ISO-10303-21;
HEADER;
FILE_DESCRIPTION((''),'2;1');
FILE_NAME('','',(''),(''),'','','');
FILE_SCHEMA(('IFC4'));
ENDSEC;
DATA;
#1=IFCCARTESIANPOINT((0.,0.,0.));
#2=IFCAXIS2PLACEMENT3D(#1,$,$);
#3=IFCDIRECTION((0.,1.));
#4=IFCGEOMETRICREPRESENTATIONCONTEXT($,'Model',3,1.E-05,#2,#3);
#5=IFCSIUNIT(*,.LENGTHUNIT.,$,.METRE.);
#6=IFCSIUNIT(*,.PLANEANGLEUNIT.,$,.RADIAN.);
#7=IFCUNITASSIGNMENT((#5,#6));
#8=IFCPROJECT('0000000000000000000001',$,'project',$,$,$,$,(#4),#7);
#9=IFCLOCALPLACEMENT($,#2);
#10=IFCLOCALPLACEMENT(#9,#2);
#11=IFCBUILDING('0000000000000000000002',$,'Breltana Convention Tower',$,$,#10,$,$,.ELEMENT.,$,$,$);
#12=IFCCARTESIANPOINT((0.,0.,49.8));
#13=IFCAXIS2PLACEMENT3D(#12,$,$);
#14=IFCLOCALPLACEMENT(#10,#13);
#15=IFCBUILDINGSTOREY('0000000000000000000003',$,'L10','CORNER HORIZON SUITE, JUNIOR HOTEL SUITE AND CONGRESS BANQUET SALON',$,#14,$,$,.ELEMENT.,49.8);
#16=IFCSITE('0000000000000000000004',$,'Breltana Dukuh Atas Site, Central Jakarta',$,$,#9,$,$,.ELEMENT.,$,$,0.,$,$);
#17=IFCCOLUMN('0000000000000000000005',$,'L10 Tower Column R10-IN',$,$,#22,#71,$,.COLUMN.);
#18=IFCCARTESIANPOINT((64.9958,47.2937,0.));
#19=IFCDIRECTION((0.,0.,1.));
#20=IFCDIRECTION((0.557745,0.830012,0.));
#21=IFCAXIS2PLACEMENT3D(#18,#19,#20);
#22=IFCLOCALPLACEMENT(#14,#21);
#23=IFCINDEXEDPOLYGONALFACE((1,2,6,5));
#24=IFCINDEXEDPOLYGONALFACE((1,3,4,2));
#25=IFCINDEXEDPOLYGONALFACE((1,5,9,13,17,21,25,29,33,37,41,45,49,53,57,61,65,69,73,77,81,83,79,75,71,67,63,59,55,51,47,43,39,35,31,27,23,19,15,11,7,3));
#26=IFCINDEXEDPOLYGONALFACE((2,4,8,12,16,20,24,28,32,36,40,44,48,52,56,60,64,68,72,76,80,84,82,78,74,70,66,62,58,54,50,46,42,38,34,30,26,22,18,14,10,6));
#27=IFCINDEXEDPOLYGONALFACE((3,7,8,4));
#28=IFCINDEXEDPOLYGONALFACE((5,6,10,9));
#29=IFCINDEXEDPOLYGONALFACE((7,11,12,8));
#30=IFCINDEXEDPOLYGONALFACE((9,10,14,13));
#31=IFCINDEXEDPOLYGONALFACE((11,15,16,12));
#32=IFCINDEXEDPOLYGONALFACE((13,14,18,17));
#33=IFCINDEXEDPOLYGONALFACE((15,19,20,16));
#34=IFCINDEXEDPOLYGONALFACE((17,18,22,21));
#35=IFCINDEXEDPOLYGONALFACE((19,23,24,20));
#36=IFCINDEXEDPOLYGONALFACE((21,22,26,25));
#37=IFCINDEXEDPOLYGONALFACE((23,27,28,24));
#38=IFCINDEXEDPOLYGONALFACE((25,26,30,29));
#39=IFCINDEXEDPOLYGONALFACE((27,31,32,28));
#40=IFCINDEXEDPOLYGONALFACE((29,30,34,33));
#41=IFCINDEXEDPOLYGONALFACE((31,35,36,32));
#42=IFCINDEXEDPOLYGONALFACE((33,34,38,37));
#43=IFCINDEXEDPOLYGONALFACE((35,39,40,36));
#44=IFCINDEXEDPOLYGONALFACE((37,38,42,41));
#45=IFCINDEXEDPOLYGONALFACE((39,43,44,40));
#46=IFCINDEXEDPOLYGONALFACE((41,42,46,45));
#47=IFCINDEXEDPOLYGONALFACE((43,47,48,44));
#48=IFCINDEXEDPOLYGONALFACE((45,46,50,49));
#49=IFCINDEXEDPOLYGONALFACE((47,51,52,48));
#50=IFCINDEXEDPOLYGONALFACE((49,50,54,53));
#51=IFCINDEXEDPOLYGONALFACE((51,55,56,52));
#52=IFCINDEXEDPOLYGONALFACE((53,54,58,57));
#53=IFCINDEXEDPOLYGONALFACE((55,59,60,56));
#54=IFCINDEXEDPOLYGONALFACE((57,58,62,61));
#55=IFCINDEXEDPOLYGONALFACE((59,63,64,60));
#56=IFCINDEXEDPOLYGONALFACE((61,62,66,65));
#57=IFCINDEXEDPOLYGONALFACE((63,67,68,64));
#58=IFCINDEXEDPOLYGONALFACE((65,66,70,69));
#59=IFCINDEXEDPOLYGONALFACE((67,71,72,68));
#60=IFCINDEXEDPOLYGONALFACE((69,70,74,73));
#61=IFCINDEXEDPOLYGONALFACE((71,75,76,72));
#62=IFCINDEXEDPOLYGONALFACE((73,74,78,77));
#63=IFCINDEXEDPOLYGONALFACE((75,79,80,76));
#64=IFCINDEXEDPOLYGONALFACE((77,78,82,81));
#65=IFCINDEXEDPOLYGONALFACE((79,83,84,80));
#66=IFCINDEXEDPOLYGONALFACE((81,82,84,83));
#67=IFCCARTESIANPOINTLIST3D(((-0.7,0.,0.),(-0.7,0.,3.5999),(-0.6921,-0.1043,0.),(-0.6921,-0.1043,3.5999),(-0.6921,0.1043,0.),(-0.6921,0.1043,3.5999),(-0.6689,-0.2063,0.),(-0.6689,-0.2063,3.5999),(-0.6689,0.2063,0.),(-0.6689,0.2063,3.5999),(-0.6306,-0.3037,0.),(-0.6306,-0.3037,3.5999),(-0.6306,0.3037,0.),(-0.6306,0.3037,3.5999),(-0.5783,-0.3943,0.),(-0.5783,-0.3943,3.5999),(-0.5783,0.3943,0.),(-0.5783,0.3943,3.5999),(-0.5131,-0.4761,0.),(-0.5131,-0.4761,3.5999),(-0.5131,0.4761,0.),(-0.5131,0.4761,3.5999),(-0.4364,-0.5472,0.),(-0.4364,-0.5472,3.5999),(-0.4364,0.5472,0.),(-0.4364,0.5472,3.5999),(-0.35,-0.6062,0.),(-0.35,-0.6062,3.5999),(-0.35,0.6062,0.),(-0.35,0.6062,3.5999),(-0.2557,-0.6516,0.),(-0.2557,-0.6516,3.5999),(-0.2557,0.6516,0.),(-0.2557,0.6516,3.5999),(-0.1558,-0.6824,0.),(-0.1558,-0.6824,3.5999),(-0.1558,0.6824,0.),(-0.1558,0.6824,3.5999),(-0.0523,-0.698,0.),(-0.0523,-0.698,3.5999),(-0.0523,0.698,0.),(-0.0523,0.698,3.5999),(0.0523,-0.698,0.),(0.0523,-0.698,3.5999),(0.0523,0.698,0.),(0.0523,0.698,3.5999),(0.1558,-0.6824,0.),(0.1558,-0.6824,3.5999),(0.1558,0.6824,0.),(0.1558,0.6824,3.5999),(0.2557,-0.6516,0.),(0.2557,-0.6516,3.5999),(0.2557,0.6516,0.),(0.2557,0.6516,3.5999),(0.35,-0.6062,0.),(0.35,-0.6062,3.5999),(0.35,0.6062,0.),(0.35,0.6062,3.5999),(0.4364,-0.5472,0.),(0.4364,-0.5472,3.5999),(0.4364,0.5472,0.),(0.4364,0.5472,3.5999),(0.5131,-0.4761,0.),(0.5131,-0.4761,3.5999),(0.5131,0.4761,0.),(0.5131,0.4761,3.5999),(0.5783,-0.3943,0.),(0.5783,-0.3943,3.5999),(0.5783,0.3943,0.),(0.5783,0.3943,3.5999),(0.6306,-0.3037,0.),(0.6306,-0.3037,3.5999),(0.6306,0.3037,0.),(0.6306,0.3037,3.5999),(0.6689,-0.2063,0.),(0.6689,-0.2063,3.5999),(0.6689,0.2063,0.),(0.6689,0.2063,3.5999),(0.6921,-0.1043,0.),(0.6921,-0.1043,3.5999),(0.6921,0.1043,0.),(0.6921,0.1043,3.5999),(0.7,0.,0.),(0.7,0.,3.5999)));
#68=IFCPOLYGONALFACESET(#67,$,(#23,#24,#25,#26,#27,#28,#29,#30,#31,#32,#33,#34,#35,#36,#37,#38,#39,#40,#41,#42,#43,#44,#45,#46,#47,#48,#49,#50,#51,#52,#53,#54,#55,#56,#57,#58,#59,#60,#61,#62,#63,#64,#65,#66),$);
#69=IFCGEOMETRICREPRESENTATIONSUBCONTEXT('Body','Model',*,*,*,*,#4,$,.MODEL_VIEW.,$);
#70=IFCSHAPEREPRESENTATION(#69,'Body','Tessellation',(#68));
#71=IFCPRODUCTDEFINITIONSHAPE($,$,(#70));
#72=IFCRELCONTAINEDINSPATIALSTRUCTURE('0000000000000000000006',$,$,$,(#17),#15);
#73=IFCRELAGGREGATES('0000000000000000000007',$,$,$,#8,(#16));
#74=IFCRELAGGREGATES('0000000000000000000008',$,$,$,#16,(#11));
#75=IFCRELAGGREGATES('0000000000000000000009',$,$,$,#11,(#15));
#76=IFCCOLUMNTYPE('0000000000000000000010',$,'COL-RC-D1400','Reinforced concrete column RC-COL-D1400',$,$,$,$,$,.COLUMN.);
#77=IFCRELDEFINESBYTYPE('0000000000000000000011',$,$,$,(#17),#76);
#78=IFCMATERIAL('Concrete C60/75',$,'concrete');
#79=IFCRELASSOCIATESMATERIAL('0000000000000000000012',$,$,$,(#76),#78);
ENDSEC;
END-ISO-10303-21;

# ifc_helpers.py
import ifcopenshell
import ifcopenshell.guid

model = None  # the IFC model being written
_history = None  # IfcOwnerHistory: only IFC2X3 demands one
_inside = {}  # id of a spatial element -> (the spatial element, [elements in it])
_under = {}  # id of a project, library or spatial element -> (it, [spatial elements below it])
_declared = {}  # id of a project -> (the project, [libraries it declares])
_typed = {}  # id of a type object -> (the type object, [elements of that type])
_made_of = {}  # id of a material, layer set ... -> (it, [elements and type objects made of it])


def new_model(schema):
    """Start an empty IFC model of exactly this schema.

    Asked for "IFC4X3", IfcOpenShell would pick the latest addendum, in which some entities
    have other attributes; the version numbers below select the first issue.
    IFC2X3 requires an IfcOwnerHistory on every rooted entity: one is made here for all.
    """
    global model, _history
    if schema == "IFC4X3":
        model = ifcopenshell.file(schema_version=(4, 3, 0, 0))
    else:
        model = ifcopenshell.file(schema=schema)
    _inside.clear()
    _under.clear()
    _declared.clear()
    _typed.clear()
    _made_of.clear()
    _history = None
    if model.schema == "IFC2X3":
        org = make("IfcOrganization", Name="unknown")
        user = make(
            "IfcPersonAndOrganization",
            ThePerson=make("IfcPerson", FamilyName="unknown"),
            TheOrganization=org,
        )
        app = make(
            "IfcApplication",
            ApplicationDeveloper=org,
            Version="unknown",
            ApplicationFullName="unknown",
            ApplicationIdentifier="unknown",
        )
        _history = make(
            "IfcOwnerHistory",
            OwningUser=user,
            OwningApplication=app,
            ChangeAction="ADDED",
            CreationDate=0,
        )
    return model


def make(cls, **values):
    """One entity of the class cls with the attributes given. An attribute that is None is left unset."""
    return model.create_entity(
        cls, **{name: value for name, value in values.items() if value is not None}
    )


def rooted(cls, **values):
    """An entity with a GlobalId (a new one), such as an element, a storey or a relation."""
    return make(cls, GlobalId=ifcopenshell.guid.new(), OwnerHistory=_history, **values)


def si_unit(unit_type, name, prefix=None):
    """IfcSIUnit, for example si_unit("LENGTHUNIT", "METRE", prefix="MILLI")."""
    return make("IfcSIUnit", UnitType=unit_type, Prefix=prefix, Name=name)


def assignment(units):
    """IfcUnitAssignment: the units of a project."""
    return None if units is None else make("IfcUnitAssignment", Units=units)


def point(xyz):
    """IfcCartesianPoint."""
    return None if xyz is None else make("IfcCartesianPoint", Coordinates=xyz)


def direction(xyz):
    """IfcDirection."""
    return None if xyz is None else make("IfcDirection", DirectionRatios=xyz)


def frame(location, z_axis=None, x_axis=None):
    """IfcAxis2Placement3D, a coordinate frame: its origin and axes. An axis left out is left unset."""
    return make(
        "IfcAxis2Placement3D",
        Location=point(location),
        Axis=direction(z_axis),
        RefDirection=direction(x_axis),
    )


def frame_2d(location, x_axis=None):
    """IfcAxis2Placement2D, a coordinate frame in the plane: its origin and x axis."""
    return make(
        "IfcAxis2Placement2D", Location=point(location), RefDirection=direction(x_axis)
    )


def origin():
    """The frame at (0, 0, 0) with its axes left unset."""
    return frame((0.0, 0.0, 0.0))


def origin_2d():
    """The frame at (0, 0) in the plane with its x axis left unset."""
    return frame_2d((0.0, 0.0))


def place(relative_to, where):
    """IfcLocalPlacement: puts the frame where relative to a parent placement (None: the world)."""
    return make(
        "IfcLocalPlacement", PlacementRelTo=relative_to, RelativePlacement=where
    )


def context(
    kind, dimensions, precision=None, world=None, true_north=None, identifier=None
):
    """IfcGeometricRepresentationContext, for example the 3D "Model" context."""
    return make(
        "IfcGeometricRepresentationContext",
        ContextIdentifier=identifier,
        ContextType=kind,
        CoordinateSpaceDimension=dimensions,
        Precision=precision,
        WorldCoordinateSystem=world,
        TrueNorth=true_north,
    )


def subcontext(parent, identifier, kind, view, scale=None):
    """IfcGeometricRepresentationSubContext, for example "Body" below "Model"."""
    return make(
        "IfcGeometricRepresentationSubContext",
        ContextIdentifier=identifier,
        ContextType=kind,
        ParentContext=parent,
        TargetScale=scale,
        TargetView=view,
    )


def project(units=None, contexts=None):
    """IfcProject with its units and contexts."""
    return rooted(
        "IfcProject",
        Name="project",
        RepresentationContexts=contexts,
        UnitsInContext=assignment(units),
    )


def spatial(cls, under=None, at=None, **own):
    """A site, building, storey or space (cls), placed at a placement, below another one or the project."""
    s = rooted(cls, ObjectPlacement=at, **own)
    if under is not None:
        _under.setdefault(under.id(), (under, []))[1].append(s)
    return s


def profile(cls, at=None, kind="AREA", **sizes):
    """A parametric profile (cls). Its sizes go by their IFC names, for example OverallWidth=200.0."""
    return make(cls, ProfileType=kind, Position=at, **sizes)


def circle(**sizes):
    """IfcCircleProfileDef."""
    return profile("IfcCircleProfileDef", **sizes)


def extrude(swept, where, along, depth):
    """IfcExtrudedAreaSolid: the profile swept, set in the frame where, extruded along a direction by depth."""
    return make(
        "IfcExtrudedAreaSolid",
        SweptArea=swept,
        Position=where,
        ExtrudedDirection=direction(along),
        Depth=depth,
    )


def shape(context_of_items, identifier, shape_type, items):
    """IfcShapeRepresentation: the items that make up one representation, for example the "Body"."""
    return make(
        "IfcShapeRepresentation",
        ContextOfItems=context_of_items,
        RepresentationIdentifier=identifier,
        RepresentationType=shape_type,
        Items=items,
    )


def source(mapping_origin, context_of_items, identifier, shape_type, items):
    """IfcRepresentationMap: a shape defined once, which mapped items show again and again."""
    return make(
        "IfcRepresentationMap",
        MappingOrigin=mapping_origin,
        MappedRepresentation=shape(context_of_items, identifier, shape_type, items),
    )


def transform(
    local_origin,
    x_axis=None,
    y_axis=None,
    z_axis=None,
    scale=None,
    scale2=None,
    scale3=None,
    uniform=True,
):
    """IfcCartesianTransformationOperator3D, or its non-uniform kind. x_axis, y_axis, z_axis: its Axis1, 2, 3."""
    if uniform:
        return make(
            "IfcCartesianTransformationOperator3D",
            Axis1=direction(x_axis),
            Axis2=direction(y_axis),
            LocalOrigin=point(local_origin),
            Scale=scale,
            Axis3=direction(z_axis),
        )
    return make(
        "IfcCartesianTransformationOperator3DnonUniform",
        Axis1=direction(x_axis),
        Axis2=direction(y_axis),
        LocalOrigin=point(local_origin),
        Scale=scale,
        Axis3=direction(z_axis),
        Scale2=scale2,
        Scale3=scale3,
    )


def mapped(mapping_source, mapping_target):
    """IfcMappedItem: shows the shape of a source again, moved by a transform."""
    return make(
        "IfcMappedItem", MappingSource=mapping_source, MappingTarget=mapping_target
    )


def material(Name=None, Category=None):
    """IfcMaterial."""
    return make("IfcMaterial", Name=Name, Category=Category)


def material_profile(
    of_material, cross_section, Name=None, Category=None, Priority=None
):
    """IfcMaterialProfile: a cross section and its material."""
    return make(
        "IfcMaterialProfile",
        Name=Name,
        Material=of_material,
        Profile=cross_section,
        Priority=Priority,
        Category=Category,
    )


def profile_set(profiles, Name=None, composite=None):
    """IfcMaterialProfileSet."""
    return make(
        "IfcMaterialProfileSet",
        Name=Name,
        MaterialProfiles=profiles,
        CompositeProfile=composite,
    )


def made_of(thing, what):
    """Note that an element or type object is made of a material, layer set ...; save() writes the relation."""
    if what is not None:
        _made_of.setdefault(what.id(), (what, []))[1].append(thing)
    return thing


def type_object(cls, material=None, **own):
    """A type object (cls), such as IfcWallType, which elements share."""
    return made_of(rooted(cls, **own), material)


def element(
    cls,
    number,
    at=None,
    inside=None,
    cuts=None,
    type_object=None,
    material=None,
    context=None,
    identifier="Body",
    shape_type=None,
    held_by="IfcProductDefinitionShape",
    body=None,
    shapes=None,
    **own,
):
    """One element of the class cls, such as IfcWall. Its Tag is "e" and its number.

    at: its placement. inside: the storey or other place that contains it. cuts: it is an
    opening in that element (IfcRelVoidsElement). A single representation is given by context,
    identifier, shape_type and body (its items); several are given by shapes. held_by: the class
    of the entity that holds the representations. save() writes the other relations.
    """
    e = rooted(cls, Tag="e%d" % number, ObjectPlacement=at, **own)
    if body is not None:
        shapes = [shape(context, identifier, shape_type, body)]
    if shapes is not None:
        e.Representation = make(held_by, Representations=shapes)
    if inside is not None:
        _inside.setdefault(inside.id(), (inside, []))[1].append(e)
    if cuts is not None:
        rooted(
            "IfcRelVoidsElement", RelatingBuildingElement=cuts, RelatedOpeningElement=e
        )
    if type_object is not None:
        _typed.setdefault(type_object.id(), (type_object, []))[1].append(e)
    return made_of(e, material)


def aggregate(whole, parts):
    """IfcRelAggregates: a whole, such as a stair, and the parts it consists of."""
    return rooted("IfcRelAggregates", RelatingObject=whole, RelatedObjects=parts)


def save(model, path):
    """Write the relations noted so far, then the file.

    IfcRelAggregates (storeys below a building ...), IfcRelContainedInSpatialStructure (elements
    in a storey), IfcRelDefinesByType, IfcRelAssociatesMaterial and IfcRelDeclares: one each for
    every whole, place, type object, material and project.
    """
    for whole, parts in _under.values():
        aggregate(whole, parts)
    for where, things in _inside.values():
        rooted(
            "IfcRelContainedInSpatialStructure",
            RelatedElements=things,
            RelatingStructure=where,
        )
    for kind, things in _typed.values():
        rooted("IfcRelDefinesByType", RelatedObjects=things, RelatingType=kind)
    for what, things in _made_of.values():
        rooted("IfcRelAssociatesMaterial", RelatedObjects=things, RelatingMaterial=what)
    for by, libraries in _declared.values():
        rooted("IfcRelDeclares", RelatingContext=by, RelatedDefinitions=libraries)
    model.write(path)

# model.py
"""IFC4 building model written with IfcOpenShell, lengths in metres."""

from ifc_helpers import new_model, si_unit, direction, frame, origin, origin_2d, place, context, subcontext, project, spatial, circle, extrude, source, transform, mapped, material, material_profile, profile_set, type_object, element, save


model = new_model("IFC4")

# Units and contexts
model_context = context("Model", 3, precision=1e-05, world=origin(), true_north=direction((0.0, 1.0)))
body_context = subcontext(model_context, "Body", "Model", "MODEL_VIEW")
ifc_project = project(units=[si_unit("LENGTHUNIT", "METRE"), si_unit("PLANEANGLEUNIT", "RADIAN")], contexts=[model_context])

# Site, building, storey
site_placement = place(None, origin())
site = spatial("IfcSite", under=ifc_project, at=site_placement, Name="Breltana Dukuh Atas Site, Central Jakarta", CompositionType="ELEMENT", RefElevation=0.0)
building_placement = place(site_placement, origin())
building = spatial("IfcBuilding", under=site, at=building_placement, Name="Breltana Convention Tower", CompositionType="ELEMENT")
storey_placement = place(building_placement, frame((0.0, 0.0, 49.8)))
storey = spatial("IfcBuildingStorey", under=building, at=storey_placement, Name="L10", Description="CORNER HORIZON SUITE, JUNIOR HOTEL SUITE AND CONGRESS BANQUET SALON", CompositionType="ELEMENT", Elevation=49.8)

# Column
ifc_material_1 = material(Name="Concrete C60/75", Category="concrete")
ifc_material_profile_1 = material_profile(ifc_material_1, circle(Radius=0.7, at=origin_2d()), Name="RC-COL-D1400")
ifc_profile_set_1 = profile_set([ifc_material_profile_1], Name="Concrete C60/75")
column_type_1 = type_object("IfcColumnType", Name="COL-RC-D1400", Description="Reinforced concrete column RC-COL-D1400", PredefinedType="COLUMN", material=ifc_profile_set_1)
shared_shape_1 = source(origin(), body_context, "Body", "SweptSolid", [
    extrude(circle(Radius=0.7, at=origin_2d()), origin(), (0.0, 0.0, 1.0), 3.5999),
])
column_1_placement = place(storey_placement, frame((64.9958, 47.2937, 0.0), z_axis=(0.0, 0.0, 1.0), x_axis=(0.557745, 0.830012, 0.0)))
element("IfcColumn", 1, at=column_1_placement, inside=storey, type_object=column_type_1, Name="L10 Tower Column R10-IN", PredefinedType="COLUMN", context=body_context, shape_type="MappedRepresentation", body=[
    mapped(shared_shape_1, transform((0.0, 0.0, 0.0), scale=1.0)),
])

save(model, "model.ifc")
